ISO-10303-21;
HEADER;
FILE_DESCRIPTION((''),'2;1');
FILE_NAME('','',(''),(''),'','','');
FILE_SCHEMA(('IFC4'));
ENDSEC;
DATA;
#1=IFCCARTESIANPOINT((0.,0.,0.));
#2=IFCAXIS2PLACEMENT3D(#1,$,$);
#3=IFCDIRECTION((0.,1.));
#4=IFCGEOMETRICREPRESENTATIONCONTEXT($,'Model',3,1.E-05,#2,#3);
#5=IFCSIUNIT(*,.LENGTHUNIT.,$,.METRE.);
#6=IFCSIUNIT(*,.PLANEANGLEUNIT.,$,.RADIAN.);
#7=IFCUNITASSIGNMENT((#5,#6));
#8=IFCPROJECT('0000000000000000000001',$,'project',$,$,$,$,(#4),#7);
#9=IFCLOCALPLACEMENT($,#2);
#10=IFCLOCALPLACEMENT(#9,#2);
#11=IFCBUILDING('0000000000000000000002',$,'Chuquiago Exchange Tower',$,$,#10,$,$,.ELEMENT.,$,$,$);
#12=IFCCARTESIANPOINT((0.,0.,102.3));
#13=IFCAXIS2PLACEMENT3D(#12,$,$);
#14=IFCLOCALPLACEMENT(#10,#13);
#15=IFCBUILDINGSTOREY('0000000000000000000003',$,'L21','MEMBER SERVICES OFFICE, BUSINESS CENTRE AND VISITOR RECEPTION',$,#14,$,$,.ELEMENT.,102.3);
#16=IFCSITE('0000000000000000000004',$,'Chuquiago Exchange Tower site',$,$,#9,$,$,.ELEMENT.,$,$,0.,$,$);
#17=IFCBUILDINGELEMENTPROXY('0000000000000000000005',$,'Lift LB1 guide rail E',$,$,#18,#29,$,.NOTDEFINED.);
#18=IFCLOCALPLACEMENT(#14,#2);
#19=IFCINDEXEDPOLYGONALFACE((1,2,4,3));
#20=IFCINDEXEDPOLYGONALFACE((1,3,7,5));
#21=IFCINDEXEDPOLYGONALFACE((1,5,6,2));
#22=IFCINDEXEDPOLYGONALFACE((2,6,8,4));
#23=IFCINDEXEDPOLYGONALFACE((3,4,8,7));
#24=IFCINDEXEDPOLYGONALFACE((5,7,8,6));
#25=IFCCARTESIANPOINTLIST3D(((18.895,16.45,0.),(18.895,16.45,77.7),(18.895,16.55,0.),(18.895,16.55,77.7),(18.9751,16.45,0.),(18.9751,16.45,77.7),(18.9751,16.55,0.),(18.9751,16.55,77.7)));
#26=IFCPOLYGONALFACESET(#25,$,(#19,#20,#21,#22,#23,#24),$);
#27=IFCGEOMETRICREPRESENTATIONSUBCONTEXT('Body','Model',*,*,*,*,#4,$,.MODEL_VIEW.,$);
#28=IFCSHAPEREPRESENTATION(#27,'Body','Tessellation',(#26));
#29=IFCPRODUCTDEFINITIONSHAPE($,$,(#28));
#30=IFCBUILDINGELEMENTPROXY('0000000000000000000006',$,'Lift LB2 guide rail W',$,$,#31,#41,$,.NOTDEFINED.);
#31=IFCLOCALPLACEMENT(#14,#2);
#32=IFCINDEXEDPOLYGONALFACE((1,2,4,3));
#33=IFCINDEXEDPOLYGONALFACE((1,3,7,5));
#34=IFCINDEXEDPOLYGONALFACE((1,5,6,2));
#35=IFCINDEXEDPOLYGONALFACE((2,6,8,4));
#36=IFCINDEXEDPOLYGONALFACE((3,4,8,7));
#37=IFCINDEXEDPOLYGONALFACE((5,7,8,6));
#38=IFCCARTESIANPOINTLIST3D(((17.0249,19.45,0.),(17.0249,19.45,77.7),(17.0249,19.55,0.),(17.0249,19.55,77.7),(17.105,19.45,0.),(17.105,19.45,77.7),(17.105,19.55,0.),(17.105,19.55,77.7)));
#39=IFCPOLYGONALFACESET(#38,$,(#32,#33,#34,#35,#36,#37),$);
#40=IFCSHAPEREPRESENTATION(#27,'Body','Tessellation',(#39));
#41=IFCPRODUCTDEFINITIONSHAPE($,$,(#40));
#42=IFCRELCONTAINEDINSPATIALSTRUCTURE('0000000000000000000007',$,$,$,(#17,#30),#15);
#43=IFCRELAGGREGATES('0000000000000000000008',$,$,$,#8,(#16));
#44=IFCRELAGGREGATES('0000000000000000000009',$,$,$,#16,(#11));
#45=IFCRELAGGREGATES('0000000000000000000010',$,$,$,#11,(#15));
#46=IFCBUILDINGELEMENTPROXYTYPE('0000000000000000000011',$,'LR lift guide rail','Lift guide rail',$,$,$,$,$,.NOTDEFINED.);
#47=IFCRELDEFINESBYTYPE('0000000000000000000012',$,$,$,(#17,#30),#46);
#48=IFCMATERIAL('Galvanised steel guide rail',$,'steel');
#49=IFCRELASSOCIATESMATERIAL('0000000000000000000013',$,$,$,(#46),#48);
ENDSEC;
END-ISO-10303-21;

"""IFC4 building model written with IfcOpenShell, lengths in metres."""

from ifc_helpers import new_model, si_unit, direction, frame, origin, origin_2d, place, context, subcontext, project, spatial, rectangle, extrude, material, type_object, element, save


model = new_model("IFC4")

# Units and contexts
model_context = context("Model", 3, precision=1e-05, world=origin(), true_north=direction((0.0, 1.0)))
body_context = subcontext(model_context, "Body", "Model", "MODEL_VIEW")
ifc_project = project(units=[si_unit("LENGTHUNIT", "METRE"), si_unit("PLANEANGLEUNIT", "RADIAN")], contexts=[model_context])

# Site, building, storey
site_placement = place(None, origin())
site = spatial("IfcSite", under=ifc_project, at=site_placement, Name="Chuquiago Exchange Tower site", CompositionType="ELEMENT", RefElevation=0.0)
building_placement = place(site_placement, origin())
building = spatial("IfcBuilding", under=site, at=building_placement, Name="Chuquiago Exchange Tower", CompositionType="ELEMENT")
storey_placement = place(building_placement, frame((0.0, 0.0, 102.3)))
storey = spatial("IfcBuildingStorey", under=building, at=storey_placement, Name="L21", Description="MEMBER SERVICES OFFICE, BUSINESS CENTRE AND VISITOR RECEPTION", CompositionType="ELEMENT", Elevation=102.3)

# Building element proxies
ifc_material_1 = material(Name="Galvanised steel guide rail", Category="steel")
building_element_proxy_type = type_object("IfcBuildingElementProxyType", Name="LR lift guide rail", Description="Lift guide rail", PredefinedType="NOTDEFINED", material=ifc_material_1)
for number, where, z_axis, x_axis, name in (
    (1, (18.9351, 16.5, 0.0), (0.0, 0.0, 1.0), (1.0, 0.0, 0.0), "Lift LB1 guide rail E"),
    (2, (17.0649, 19.5, 0.0), (0.0, 0.0, 1.0), (1.0, 0.0, 0.0), "Lift LB2 guide rail W"),
):
    element("IfcBuildingElementProxy", number, at=place(storey_placement, frame(where, z_axis=z_axis, x_axis=x_axis)), inside=storey, type_object=building_element_proxy_type, Name=name, PredefinedType="NOTDEFINED", context=body_context, shape_type="SweptSolid", body=[
        extrude(rectangle(XDim=0.0801, YDim=0.1001, at=origin_2d()), origin(), (0.0, 0.0, 1.0), 77.7),
    ])

save(model, "model.ifc")
